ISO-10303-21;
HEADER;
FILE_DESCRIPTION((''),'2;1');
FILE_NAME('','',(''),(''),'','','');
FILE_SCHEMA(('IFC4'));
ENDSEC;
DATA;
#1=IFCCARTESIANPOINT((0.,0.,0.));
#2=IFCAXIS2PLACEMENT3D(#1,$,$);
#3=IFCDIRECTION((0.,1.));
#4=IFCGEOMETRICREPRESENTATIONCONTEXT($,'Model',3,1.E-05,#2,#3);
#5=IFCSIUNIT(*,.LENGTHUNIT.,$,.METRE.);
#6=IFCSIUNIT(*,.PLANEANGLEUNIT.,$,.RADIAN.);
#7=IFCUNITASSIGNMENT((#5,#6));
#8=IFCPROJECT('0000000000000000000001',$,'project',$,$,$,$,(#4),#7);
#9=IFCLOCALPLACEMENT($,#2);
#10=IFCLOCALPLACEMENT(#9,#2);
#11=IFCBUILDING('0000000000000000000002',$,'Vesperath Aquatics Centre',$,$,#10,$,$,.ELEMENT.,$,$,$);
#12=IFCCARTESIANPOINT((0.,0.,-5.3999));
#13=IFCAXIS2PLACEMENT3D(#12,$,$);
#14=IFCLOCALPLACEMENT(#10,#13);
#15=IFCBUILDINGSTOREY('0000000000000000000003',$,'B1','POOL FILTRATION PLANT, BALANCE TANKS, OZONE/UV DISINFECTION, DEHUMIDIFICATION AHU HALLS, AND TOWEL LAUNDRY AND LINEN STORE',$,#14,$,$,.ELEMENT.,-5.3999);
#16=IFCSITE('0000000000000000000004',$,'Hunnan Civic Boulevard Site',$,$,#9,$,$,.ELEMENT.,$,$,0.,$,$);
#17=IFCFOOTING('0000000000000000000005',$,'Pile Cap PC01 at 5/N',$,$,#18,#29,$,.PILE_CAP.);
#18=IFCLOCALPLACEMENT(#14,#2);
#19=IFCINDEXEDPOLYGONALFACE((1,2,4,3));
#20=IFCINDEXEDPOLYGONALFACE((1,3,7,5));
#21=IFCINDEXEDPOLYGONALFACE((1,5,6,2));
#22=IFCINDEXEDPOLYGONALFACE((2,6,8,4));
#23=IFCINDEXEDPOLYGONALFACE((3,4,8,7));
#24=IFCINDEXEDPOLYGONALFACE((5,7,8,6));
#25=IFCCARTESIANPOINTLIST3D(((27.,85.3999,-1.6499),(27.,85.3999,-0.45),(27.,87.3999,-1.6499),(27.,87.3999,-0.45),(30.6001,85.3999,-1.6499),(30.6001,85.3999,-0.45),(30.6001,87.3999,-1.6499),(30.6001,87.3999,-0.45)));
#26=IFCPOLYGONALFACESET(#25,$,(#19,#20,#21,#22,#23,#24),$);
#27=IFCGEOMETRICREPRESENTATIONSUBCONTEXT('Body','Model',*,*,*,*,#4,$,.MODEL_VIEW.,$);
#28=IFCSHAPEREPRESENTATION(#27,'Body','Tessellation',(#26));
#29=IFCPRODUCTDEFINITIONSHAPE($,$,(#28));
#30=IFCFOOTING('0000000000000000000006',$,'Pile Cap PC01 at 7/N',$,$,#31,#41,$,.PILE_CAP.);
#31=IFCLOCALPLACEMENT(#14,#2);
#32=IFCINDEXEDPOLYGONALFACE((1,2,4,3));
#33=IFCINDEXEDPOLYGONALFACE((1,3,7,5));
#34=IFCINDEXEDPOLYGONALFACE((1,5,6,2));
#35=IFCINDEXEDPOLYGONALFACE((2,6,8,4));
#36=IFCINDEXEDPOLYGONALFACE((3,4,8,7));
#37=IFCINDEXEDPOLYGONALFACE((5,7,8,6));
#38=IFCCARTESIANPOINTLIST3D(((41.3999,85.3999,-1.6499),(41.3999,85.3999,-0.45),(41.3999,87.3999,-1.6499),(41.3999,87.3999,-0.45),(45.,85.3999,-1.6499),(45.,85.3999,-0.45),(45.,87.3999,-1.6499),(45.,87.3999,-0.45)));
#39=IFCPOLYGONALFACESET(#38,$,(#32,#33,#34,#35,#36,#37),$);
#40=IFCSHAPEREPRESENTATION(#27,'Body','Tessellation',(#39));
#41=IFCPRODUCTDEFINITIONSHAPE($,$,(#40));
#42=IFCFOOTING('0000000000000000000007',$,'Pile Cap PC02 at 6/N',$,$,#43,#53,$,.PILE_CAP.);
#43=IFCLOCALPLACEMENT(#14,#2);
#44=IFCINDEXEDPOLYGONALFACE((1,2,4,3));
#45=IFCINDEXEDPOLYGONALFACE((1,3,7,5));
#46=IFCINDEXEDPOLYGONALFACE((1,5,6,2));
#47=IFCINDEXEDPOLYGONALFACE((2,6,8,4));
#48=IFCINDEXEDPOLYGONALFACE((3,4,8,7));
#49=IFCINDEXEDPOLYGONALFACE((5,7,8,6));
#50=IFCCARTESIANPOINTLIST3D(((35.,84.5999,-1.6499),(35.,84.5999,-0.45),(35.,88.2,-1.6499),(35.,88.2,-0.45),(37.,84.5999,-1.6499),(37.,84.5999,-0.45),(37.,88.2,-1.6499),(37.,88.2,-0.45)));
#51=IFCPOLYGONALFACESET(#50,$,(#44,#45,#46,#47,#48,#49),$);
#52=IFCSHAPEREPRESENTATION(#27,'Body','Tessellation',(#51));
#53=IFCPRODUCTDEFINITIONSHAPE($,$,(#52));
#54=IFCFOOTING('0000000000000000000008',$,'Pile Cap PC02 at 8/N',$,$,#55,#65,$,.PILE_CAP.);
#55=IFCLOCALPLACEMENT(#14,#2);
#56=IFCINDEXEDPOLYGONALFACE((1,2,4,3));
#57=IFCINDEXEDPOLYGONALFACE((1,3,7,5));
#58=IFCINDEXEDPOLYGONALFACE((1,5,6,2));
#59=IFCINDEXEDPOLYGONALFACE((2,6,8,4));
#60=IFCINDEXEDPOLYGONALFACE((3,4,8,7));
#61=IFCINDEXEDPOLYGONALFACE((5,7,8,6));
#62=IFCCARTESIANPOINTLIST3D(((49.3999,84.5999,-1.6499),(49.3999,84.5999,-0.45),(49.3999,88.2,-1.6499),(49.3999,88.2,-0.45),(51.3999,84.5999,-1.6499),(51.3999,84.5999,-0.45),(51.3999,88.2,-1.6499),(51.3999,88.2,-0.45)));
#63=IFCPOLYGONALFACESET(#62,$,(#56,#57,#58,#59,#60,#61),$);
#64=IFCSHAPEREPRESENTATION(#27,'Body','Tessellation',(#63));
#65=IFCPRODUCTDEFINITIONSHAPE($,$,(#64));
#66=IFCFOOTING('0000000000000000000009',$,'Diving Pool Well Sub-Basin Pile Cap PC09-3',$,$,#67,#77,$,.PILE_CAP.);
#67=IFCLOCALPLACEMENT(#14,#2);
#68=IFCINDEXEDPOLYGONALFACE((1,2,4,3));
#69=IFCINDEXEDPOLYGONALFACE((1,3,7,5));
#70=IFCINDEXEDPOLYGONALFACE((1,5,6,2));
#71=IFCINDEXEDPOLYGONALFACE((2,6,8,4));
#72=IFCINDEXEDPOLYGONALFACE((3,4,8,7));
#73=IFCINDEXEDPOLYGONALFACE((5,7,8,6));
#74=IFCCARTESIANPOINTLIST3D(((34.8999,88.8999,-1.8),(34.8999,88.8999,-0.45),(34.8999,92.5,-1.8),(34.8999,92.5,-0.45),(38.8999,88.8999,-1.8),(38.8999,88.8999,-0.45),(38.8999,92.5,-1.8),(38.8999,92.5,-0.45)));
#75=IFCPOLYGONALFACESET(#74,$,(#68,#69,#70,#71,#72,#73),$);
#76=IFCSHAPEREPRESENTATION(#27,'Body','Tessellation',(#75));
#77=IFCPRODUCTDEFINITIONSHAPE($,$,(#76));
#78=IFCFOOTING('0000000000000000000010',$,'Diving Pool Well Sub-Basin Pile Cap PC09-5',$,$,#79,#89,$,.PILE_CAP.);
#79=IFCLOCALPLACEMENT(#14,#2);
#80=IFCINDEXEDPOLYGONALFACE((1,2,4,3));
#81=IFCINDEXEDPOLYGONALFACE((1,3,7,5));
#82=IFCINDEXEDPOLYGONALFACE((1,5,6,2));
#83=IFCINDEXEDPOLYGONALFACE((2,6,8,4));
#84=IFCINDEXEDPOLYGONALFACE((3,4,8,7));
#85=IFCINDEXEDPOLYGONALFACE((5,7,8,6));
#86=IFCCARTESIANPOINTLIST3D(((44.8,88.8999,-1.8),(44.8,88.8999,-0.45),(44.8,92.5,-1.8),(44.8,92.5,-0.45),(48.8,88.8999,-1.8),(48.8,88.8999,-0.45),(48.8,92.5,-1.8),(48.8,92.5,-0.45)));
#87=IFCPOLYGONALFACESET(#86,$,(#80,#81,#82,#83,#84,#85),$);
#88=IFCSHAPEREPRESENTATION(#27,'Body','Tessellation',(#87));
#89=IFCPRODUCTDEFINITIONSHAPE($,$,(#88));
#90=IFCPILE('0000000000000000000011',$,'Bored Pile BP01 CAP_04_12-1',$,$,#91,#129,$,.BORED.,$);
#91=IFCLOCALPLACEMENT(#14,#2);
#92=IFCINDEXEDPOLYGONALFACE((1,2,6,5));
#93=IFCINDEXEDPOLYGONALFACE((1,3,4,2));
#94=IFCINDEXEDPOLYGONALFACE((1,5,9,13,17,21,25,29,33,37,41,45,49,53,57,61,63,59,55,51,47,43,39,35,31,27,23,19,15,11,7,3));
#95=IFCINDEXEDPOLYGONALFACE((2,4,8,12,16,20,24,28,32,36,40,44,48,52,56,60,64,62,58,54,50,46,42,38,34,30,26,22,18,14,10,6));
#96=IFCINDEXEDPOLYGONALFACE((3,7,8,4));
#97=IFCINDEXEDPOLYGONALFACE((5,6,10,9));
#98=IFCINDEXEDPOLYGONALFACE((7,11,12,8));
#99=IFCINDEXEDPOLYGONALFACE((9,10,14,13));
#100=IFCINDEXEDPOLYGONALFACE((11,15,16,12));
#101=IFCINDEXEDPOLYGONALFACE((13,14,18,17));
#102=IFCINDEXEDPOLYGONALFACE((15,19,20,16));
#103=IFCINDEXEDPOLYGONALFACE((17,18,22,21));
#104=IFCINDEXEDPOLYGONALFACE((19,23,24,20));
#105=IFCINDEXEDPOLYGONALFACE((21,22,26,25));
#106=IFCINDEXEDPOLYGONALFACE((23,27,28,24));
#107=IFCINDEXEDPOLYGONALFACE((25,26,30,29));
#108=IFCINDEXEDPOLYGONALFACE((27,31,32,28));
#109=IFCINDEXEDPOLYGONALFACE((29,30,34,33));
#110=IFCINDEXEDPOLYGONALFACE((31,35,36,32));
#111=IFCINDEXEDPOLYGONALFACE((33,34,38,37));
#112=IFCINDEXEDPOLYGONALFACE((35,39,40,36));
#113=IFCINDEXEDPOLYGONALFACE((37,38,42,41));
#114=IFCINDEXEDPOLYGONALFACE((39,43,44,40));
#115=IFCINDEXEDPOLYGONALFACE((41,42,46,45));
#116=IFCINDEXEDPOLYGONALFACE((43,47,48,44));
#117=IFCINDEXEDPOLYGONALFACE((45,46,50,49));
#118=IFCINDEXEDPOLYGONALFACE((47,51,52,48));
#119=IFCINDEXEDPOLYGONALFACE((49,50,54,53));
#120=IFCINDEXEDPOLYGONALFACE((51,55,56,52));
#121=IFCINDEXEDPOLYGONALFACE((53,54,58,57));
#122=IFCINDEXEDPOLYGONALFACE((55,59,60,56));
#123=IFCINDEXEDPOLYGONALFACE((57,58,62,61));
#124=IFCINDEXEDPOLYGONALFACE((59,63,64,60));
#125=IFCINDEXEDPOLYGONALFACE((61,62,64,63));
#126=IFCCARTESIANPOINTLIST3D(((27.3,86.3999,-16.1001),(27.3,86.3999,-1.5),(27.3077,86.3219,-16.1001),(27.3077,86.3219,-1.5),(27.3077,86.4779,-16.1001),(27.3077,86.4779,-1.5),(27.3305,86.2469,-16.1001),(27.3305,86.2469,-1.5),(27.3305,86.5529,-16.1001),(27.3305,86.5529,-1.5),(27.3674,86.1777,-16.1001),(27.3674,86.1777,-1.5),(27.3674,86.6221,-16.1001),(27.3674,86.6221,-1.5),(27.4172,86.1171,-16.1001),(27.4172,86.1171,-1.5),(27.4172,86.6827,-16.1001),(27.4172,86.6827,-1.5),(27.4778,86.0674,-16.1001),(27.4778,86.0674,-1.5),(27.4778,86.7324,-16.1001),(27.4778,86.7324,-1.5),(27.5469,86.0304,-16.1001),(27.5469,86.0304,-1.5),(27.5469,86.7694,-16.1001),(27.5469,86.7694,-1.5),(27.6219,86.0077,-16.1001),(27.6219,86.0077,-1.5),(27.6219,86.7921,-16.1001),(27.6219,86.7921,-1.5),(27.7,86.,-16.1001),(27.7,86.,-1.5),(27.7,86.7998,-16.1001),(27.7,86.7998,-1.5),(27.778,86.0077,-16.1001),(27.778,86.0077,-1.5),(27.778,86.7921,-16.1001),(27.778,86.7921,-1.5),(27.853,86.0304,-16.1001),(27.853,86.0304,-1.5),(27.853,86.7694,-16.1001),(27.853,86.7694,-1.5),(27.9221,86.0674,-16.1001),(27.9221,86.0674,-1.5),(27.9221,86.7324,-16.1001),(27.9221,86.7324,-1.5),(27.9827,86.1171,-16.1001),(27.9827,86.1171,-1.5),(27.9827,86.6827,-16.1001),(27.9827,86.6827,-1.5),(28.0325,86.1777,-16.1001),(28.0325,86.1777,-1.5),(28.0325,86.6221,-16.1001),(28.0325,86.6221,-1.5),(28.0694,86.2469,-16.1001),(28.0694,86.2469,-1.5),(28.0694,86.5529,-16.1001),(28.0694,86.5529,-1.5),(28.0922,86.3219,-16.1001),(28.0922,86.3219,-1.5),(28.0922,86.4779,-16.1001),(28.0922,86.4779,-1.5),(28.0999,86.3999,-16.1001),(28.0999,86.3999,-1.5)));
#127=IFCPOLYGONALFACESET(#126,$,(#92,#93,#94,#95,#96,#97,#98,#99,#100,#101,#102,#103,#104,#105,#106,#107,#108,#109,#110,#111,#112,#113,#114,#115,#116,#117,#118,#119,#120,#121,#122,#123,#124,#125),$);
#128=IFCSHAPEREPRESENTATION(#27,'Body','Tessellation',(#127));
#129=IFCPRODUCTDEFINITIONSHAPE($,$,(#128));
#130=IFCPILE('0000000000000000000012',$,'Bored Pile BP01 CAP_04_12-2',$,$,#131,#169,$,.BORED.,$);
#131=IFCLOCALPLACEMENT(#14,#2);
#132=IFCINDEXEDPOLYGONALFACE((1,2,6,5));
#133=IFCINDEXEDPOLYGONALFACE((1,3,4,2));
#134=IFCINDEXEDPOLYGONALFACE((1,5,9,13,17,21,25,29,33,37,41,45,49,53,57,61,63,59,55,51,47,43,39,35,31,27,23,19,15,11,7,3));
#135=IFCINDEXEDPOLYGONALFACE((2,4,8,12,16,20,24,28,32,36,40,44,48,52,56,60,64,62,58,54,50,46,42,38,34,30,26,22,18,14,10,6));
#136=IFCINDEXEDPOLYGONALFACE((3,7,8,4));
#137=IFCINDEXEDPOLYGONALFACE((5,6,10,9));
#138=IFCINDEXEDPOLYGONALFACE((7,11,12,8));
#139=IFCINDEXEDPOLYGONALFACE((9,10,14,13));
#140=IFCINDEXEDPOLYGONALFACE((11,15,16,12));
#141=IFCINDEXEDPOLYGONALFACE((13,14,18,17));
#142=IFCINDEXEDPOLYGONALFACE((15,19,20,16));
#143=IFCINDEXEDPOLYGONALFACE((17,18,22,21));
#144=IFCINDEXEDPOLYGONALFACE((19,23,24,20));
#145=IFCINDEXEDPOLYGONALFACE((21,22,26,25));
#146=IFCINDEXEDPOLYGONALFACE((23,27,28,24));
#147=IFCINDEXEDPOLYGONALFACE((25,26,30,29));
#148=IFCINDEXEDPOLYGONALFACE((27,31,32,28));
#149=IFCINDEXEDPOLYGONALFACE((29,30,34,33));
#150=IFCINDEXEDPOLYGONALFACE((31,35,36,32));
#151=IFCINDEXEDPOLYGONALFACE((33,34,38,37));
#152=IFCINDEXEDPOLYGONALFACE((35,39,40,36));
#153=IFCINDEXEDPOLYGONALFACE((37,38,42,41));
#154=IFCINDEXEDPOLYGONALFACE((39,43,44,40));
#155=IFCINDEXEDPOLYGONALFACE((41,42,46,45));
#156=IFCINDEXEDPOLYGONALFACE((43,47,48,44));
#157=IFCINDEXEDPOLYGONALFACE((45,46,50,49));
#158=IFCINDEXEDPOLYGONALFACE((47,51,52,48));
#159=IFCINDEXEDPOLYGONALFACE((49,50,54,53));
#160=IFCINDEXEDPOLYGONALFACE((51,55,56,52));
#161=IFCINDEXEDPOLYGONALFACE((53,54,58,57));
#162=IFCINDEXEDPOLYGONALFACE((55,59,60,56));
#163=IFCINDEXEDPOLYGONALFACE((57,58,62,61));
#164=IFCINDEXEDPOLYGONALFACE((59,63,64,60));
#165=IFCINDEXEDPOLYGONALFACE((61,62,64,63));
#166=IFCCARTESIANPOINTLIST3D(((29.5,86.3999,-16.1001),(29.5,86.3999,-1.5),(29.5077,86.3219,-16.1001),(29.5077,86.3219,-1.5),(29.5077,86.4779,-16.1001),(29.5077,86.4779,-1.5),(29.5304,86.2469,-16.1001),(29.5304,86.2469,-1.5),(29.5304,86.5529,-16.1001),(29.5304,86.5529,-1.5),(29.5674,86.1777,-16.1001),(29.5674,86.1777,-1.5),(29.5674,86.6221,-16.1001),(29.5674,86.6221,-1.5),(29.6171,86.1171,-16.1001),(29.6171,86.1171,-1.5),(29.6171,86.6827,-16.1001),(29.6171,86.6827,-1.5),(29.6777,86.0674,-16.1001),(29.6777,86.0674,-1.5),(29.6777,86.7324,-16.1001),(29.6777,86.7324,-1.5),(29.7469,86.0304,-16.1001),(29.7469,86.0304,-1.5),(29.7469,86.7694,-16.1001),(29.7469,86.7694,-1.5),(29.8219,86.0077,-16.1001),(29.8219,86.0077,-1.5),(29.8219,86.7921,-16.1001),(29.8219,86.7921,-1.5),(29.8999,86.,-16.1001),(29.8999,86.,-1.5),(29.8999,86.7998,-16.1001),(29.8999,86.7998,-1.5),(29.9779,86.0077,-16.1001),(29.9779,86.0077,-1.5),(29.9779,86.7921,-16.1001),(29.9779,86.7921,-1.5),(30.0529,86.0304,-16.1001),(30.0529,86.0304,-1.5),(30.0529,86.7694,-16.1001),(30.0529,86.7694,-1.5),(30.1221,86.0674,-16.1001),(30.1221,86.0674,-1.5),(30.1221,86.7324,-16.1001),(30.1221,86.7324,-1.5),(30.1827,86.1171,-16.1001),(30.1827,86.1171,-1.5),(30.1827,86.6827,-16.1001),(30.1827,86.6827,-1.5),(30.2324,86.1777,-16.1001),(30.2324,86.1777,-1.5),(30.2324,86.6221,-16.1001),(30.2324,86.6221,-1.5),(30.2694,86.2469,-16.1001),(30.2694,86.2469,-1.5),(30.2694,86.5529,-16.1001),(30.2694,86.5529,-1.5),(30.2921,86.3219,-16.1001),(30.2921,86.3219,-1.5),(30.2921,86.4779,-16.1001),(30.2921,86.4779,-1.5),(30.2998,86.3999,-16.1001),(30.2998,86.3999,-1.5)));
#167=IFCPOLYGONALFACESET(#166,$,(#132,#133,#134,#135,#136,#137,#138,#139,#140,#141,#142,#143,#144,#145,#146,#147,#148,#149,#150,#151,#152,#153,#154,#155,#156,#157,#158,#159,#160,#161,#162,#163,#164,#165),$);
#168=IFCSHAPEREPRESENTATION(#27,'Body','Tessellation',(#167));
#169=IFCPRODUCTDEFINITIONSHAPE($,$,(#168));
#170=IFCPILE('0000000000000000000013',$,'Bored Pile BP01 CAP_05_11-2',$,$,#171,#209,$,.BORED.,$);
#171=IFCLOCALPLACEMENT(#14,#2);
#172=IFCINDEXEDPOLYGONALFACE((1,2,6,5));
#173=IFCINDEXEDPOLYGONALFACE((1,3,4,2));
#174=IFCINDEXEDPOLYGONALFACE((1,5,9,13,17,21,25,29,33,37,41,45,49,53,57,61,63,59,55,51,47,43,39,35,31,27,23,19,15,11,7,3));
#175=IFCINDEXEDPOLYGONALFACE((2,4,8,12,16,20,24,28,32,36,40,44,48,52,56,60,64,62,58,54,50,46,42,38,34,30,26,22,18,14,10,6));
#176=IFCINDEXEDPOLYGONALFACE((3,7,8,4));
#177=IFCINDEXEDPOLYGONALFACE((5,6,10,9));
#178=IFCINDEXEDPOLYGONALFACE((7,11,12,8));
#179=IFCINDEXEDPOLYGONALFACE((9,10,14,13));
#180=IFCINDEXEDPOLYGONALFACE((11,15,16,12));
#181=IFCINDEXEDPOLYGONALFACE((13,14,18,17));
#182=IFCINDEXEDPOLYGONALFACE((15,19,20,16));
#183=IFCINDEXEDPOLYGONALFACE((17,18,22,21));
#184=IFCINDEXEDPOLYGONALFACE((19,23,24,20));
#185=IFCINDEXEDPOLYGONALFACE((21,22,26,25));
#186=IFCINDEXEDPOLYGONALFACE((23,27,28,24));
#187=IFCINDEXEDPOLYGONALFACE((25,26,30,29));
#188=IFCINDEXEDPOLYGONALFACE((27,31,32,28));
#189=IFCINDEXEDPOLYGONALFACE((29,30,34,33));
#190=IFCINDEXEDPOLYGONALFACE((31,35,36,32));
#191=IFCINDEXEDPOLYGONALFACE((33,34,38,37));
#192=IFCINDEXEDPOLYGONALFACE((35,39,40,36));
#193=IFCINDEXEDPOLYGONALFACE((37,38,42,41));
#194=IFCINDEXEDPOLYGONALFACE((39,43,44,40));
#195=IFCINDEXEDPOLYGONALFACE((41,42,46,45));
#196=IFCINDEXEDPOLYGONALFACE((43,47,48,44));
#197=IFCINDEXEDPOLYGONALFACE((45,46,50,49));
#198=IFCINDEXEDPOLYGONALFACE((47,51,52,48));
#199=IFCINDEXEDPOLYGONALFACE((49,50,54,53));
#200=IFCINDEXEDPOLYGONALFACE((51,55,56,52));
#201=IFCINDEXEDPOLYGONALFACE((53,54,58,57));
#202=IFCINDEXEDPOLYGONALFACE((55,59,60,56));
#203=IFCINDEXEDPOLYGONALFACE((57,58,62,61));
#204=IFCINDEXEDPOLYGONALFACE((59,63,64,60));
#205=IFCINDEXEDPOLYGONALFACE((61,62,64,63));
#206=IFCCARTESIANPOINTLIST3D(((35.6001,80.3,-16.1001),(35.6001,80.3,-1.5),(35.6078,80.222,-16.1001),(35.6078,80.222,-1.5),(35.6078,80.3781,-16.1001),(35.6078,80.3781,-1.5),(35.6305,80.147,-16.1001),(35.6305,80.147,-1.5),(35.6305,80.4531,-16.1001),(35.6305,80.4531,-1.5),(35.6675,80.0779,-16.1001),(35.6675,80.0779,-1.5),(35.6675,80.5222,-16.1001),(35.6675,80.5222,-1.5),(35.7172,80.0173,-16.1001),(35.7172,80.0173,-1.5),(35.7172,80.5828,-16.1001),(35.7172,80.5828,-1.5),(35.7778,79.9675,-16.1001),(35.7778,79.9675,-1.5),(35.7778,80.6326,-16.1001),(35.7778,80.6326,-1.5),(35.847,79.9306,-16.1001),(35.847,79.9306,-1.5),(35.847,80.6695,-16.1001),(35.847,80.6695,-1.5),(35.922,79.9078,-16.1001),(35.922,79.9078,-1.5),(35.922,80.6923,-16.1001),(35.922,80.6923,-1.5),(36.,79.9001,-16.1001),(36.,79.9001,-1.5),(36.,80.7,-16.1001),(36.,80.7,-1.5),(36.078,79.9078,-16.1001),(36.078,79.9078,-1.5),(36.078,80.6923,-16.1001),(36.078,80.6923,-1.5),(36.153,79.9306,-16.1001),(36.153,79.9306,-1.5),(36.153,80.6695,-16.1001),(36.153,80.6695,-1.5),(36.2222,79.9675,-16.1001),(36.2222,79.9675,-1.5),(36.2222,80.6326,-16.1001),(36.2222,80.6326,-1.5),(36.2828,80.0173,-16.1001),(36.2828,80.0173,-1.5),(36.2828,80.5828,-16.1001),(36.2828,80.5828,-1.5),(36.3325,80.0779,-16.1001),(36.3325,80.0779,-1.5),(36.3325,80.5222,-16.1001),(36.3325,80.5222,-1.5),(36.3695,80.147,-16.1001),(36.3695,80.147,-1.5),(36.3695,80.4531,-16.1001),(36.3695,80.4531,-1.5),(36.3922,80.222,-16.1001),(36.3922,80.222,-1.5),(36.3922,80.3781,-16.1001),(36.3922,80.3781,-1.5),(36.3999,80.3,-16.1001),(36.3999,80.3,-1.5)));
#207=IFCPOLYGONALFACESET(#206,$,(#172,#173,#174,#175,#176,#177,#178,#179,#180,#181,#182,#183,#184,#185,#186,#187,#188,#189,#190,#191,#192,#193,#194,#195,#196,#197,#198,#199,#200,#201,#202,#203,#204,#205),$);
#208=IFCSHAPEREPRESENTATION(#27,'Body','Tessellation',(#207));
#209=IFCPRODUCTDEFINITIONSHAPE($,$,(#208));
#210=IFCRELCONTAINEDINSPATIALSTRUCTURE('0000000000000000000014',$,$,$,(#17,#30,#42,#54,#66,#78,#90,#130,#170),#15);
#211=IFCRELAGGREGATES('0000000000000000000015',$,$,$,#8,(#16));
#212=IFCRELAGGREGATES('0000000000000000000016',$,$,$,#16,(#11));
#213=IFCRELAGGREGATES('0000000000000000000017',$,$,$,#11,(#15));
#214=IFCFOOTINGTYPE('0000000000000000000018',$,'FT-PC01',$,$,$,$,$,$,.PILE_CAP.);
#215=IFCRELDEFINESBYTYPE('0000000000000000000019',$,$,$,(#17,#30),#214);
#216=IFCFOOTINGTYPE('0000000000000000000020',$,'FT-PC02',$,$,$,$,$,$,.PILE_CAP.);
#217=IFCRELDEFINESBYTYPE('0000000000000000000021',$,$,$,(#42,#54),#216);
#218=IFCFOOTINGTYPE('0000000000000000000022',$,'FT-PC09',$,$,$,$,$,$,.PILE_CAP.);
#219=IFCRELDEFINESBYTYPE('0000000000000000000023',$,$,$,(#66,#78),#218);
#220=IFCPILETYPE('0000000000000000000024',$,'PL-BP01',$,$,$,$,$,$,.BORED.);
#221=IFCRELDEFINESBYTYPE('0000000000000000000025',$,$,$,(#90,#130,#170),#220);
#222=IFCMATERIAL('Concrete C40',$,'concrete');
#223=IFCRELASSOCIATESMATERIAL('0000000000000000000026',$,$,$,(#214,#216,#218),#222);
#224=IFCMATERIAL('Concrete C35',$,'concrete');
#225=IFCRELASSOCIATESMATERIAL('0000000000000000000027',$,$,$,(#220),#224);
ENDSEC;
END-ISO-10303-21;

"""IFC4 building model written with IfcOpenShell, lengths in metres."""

from ifc_helpers import new_model, si_unit, direction, frame, origin, origin_2d, place, context, subcontext, project, spatial, rectangle, circle, extrude, material, material_profile, profile_set, type_object, element, save


model = new_model("IFC4")

# Units and contexts
model_context = context("Model", 3, precision=1e-05, world=origin(), true_north=direction((0.0, 1.0)))
body_context = subcontext(model_context, "Body", "Model", "MODEL_VIEW")
ifc_project = project(units=[si_unit("LENGTHUNIT", "METRE"), si_unit("PLANEANGLEUNIT", "RADIAN")], contexts=[model_context])

# Site, building, storey
site_placement = place(None, origin())
site = spatial("IfcSite", under=ifc_project, at=site_placement, Name="Hunnan Civic Boulevard Site", CompositionType="ELEMENT", RefElevation=0.0)
building_placement = place(site_placement, origin())
building = spatial("IfcBuilding", under=site, at=building_placement, Name="Vesperath Aquatics Centre", CompositionType="ELEMENT")
storey_placement = place(building_placement, frame((0.0, 0.0, -5.3999)))
storey = spatial("IfcBuildingStorey", under=building, at=storey_placement, Name="B1", Description="POOL FILTRATION PLANT, BALANCE TANKS, OZONE/UV DISINFECTION, DEHUMIDIFICATION AHU HALLS, AND TOWEL LAUNDRY AND LINEN STORE", CompositionType="ELEMENT", Elevation=-5.3999)

# Footings
ifc_material_1 = material(Name="Concrete C40", Category="concrete")
footing_type_1 = type_object("IfcFootingType", Name="FT-PC01", PredefinedType="PILE_CAP", material=ifc_material_1)
for number, where, z_axis, x_axis, name in (
    (1, (28.8, 86.3999, -1.6499), (0.0, 0.0, 1.0), (1.0, 0.0, 0.0), "Pile Cap PC01 at 5/N"),
    (2, (43.2, 86.3999, -1.6499), (0.0, 0.0, 1.0), (1.0, 0.0, 0.0), "Pile Cap PC01 at 7/N"),
):
    element("IfcFooting", number, at=place(storey_placement, frame(where, z_axis=z_axis, x_axis=x_axis)), inside=storey, type_object=footing_type_1, Name=name, PredefinedType="PILE_CAP", context=body_context, shape_type="SweptSolid", body=[
        extrude(rectangle(XDim=3.6001, YDim=2.0, at=origin_2d()), origin(), (0.0, 0.0, 1.0), 1.2),
    ])
footing_type_2 = type_object("IfcFootingType", Name="FT-PC02", PredefinedType="PILE_CAP", material=ifc_material_1)
for number, where, z_axis, x_axis, name in (
    (3, (36.0, 86.3999, -1.6499), (0.0, 0.0, 1.0), (1.0, 0.0, 0.0), "Pile Cap PC02 at 6/N"),
    (4, (50.3999, 86.3999, -1.6499), (0.0, 0.0, 1.0), (1.0, 0.0, 0.0), "Pile Cap PC02 at 8/N"),
):
    element("IfcFooting", number, at=place(storey_placement, frame(where, z_axis=z_axis, x_axis=x_axis)), inside=storey, type_object=footing_type_2, Name=name, PredefinedType="PILE_CAP", context=body_context, shape_type="SweptSolid", body=[
        extrude(rectangle(XDim=2.0, YDim=3.6001, at=origin_2d()), origin(), (0.0, 0.0, 1.0), 1.2),
    ])
footing_type_3 = type_object("IfcFootingType", Name="FT-PC09", PredefinedType="PILE_CAP", material=ifc_material_1)
for number, where, z_axis, x_axis, name in (
    (5, (36.8999, 90.7, -1.8), (0.0, 0.0, 1.0), (1.0, 0.0, 0.0), "Diving Pool Well Sub-Basin Pile Cap PC09-3"),
    (6, (46.8, 90.7, -1.8), (0.0, 0.0, 1.0), (1.0, 0.0, 0.0), "Diving Pool Well Sub-Basin Pile Cap PC09-5"),
):
    element("IfcFooting", number, at=place(storey_placement, frame(where, z_axis=z_axis, x_axis=x_axis)), inside=storey, type_object=footing_type_3, Name=name, PredefinedType="PILE_CAP", context=body_context, shape_type="SweptSolid", body=[
        extrude(rectangle(XDim=4.0, YDim=3.6001, at=origin_2d()), origin(), (0.0, 0.0, 1.0), 1.3501),
    ])

# Piles
ifc_material_2 = material(Name="Concrete C35", Category="concrete")
ifc_material_profile_1 = material_profile(ifc_material_2, circle(Radius=0.3999, at=origin_2d()), Name="PILE D800")
ifc_profile_set_1 = profile_set([ifc_material_profile_1], Name="Concrete C35")
pile_type = type_object("IfcPileType", Name="PL-BP01", PredefinedType="BORED", material=ifc_profile_set_1)
for number, where, z_axis, x_axis, name in (
    (7, (27.7, 86.3999, -1.5), (0.0, 0.0, -1.0), (1.0, 0.0, 0.0), "Bored Pile BP01 CAP_04_12-1"),
    (8, (29.8999, 86.3999, -1.5), (0.0, 0.0, -1.0), (1.0, 0.0, 0.0), "Bored Pile BP01 CAP_04_12-2"),
    (9, (36.0, 80.3, -1.5), (0.0, 0.0, -1.0), (1.0, 0.0, 0.0), "Bored Pile BP01 CAP_05_11-2"),
):
    element("IfcPile", number, at=place(storey_placement, frame(where, z_axis=z_axis, x_axis=x_axis)), inside=storey, type_object=pile_type, Name=name, PredefinedType="BORED", context=body_context, shape_type="SweptSolid", body=[
        extrude(circle(Radius=0.3999, at=origin_2d()), origin(), (0.0, 0.0, 1.0), 14.6001),
    ])

save(model, "model.ifc")
